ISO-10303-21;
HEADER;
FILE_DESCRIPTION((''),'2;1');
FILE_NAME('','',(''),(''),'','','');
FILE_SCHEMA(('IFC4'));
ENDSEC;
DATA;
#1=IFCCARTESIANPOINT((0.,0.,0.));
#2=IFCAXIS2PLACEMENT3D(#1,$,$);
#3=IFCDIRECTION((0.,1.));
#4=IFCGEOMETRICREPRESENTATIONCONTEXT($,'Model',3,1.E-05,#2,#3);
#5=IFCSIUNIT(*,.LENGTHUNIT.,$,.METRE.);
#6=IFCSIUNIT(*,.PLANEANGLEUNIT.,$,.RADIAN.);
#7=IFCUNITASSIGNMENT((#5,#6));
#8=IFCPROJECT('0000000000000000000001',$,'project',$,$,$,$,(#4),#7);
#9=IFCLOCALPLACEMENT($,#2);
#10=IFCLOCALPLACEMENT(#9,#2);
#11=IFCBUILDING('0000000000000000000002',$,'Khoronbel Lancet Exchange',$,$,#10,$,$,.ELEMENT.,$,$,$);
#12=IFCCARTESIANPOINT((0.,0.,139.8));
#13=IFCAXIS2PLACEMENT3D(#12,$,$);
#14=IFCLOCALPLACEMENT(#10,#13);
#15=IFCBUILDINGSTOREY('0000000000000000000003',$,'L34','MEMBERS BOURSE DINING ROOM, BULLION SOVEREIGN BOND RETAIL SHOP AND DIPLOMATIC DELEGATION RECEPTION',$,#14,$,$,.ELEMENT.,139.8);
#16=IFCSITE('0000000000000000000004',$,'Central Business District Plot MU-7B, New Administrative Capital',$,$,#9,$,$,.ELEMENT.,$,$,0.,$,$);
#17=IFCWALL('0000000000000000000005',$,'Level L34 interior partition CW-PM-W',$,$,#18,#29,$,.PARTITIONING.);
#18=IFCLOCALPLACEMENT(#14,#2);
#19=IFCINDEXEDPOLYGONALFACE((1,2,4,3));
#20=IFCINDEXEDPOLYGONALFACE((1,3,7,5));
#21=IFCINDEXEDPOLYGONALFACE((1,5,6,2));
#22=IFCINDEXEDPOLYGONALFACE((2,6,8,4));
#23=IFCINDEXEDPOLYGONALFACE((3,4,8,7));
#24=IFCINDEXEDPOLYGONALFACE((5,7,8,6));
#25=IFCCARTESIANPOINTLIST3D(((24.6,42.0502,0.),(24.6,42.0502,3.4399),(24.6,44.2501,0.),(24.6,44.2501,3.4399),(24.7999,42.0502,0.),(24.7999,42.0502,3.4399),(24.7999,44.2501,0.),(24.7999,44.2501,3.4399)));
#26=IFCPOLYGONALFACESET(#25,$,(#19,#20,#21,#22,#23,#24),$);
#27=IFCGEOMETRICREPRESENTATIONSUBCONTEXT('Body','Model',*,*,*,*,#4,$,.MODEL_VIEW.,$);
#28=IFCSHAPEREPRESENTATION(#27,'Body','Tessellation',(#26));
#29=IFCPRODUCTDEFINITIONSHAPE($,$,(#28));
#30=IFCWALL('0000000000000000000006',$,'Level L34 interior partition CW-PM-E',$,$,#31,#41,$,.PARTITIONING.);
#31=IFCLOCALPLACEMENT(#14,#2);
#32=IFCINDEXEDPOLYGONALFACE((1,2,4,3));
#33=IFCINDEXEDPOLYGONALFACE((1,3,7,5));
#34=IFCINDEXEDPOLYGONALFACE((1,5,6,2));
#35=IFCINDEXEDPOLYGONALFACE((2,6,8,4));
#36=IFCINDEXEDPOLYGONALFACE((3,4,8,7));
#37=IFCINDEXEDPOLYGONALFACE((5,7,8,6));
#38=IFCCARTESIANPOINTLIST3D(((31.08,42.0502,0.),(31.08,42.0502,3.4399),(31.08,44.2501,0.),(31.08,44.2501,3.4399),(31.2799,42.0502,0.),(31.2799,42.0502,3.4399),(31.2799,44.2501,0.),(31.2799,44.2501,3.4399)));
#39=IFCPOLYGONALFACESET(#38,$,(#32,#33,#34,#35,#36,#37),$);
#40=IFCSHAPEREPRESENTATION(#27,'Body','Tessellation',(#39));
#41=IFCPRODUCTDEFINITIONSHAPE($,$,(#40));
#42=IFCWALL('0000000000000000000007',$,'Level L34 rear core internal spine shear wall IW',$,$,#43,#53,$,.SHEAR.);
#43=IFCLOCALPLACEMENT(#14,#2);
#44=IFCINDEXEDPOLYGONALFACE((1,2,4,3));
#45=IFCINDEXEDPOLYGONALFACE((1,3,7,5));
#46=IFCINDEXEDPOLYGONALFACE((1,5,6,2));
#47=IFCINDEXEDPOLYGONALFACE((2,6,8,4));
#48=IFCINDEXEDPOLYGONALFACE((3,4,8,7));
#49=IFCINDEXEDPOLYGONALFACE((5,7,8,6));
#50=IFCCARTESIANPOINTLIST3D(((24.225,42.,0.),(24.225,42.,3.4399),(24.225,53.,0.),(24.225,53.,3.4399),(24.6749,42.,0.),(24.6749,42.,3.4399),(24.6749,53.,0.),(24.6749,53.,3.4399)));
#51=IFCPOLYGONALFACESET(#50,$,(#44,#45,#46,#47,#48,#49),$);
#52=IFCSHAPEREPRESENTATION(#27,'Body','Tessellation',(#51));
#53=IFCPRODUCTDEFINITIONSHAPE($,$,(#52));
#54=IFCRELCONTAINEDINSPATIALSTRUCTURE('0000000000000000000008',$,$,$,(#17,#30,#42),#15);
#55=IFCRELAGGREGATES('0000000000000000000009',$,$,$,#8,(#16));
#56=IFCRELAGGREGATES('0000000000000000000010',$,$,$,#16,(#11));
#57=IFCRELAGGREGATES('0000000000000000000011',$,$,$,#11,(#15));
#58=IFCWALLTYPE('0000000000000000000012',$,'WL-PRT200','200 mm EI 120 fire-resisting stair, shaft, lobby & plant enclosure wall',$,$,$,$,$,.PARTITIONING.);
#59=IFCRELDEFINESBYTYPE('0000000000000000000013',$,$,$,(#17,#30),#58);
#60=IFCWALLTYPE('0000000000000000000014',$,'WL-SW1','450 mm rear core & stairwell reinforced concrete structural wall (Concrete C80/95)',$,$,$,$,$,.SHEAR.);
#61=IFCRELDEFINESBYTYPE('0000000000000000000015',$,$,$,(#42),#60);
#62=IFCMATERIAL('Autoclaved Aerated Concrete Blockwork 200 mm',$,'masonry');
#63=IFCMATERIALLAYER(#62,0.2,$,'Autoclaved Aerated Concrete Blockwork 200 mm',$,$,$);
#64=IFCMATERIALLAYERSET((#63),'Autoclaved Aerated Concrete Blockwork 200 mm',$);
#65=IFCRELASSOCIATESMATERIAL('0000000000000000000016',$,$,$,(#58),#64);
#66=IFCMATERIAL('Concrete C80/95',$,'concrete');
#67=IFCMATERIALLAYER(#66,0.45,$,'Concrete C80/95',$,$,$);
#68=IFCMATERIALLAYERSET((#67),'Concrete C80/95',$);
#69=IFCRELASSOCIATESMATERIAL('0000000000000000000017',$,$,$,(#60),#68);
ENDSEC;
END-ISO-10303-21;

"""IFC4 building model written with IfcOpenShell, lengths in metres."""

from ifc_helpers import new_model, si_unit, direction, frame, frame_2d, origin, place, context, subcontext, project, spatial, rectangle, extrude, material, layer, layer_set, type_object, element, save


model = new_model("IFC4")

# Units and contexts
model_context = context("Model", 3, precision=1e-05, world=origin(), true_north=direction((0.0, 1.0)))
body_context = subcontext(model_context, "Body", "Model", "MODEL_VIEW")
ifc_project = project(units=[si_unit("LENGTHUNIT", "METRE"), si_unit("PLANEANGLEUNIT", "RADIAN")], contexts=[model_context])

# Site, building, storey
site_placement = place(None, origin())
site = spatial("IfcSite", under=ifc_project, at=site_placement, Name="Central Business District Plot MU-7B, New Administrative Capital", CompositionType="ELEMENT", RefElevation=0.0)
building_placement = place(site_placement, origin())
building = spatial("IfcBuilding", under=site, at=building_placement, Name="Khoronbel Lancet Exchange", CompositionType="ELEMENT")
storey_placement = place(building_placement, frame((0.0, 0.0, 139.8)))
storey = spatial("IfcBuildingStorey", under=building, at=storey_placement, Name="L34", Description="MEMBERS BOURSE DINING ROOM, BULLION SOVEREIGN BOND RETAIL SHOP AND DIPLOMATIC DELEGATION RECEPTION", CompositionType="ELEMENT", Elevation=139.8)

# Shared definitions
ifc_material_1 = material(Name="Concrete C80/95", Category="concrete")

# Shared definitions
ifc_material_2 = material(Name="Autoclaved Aerated Concrete Blockwork 200 mm", Category="masonry")
ifc_layer_1 = layer(ifc_material_2, 0.2, Name="Autoclaved Aerated Concrete Blockwork 200 mm")
ifc_layer_set_1 = layer_set([ifc_layer_1], Name="Autoclaved Aerated Concrete Blockwork 200 mm")
wall_type_1 = type_object("IfcWallType", Name="WL-PRT200", Description="200 mm EI 120 fire-resisting stair, shaft, lobby & plant enclosure wall", PredefinedType="PARTITIONING", material=ifc_layer_set_1)

# Walls
for number, where, z_axis, x_axis, name in (
    (1, (24.7, 42.05, 0.0), (0.0, 0.0, 1.0), (0.0, 1.0, 0.0), "Level L34 interior partition CW-PM-W"),
    (2, (31.1799, 42.05, 0.0), (0.0, 0.0, 1.0), (0.0, 1.0, 0.0), "Level L34 interior partition CW-PM-E"),
):
    element("IfcWall", number, at=place(storey_placement, frame(where, z_axis=z_axis, x_axis=x_axis)), inside=storey, type_object=wall_type_1, Name=name, PredefinedType="PARTITIONING", context=body_context, shape_type="SweptSolid", body=[
        extrude(rectangle(XDim=2.2, YDim=0.2, at=frame_2d((1.1001, 0.0))), origin(), (0.0, 0.0, 1.0), 3.4399),
    ])
ifc_layer_2 = layer(ifc_material_1, 0.45, Name="Concrete C80/95")
ifc_layer_set_2 = layer_set([ifc_layer_2], Name="Concrete C80/95")
wall_type_2 = type_object("IfcWallType", Name="WL-SW1", Description="450 mm rear core & stairwell reinforced concrete structural wall (Concrete C80/95)", PredefinedType="SHEAR", material=ifc_layer_set_2)
wall_1_placement = place(storey_placement, frame((24.45, 42.0, 0.0), z_axis=(0.0, 0.0, 1.0), x_axis=(0.0, 1.0, 0.0)))
element("IfcWall", 3, at=wall_1_placement, inside=storey, type_object=wall_type_2, Name="Level L34 rear core internal spine shear wall IW", PredefinedType="SHEAR", context=body_context, shape_type="SweptSolid", body=[
    extrude(rectangle(XDim=11.0, YDim=0.45, at=frame_2d((5.5, 0.0))), origin(), (0.0, 0.0, 1.0), 3.4399),
])

save(model, "model.ifc")
